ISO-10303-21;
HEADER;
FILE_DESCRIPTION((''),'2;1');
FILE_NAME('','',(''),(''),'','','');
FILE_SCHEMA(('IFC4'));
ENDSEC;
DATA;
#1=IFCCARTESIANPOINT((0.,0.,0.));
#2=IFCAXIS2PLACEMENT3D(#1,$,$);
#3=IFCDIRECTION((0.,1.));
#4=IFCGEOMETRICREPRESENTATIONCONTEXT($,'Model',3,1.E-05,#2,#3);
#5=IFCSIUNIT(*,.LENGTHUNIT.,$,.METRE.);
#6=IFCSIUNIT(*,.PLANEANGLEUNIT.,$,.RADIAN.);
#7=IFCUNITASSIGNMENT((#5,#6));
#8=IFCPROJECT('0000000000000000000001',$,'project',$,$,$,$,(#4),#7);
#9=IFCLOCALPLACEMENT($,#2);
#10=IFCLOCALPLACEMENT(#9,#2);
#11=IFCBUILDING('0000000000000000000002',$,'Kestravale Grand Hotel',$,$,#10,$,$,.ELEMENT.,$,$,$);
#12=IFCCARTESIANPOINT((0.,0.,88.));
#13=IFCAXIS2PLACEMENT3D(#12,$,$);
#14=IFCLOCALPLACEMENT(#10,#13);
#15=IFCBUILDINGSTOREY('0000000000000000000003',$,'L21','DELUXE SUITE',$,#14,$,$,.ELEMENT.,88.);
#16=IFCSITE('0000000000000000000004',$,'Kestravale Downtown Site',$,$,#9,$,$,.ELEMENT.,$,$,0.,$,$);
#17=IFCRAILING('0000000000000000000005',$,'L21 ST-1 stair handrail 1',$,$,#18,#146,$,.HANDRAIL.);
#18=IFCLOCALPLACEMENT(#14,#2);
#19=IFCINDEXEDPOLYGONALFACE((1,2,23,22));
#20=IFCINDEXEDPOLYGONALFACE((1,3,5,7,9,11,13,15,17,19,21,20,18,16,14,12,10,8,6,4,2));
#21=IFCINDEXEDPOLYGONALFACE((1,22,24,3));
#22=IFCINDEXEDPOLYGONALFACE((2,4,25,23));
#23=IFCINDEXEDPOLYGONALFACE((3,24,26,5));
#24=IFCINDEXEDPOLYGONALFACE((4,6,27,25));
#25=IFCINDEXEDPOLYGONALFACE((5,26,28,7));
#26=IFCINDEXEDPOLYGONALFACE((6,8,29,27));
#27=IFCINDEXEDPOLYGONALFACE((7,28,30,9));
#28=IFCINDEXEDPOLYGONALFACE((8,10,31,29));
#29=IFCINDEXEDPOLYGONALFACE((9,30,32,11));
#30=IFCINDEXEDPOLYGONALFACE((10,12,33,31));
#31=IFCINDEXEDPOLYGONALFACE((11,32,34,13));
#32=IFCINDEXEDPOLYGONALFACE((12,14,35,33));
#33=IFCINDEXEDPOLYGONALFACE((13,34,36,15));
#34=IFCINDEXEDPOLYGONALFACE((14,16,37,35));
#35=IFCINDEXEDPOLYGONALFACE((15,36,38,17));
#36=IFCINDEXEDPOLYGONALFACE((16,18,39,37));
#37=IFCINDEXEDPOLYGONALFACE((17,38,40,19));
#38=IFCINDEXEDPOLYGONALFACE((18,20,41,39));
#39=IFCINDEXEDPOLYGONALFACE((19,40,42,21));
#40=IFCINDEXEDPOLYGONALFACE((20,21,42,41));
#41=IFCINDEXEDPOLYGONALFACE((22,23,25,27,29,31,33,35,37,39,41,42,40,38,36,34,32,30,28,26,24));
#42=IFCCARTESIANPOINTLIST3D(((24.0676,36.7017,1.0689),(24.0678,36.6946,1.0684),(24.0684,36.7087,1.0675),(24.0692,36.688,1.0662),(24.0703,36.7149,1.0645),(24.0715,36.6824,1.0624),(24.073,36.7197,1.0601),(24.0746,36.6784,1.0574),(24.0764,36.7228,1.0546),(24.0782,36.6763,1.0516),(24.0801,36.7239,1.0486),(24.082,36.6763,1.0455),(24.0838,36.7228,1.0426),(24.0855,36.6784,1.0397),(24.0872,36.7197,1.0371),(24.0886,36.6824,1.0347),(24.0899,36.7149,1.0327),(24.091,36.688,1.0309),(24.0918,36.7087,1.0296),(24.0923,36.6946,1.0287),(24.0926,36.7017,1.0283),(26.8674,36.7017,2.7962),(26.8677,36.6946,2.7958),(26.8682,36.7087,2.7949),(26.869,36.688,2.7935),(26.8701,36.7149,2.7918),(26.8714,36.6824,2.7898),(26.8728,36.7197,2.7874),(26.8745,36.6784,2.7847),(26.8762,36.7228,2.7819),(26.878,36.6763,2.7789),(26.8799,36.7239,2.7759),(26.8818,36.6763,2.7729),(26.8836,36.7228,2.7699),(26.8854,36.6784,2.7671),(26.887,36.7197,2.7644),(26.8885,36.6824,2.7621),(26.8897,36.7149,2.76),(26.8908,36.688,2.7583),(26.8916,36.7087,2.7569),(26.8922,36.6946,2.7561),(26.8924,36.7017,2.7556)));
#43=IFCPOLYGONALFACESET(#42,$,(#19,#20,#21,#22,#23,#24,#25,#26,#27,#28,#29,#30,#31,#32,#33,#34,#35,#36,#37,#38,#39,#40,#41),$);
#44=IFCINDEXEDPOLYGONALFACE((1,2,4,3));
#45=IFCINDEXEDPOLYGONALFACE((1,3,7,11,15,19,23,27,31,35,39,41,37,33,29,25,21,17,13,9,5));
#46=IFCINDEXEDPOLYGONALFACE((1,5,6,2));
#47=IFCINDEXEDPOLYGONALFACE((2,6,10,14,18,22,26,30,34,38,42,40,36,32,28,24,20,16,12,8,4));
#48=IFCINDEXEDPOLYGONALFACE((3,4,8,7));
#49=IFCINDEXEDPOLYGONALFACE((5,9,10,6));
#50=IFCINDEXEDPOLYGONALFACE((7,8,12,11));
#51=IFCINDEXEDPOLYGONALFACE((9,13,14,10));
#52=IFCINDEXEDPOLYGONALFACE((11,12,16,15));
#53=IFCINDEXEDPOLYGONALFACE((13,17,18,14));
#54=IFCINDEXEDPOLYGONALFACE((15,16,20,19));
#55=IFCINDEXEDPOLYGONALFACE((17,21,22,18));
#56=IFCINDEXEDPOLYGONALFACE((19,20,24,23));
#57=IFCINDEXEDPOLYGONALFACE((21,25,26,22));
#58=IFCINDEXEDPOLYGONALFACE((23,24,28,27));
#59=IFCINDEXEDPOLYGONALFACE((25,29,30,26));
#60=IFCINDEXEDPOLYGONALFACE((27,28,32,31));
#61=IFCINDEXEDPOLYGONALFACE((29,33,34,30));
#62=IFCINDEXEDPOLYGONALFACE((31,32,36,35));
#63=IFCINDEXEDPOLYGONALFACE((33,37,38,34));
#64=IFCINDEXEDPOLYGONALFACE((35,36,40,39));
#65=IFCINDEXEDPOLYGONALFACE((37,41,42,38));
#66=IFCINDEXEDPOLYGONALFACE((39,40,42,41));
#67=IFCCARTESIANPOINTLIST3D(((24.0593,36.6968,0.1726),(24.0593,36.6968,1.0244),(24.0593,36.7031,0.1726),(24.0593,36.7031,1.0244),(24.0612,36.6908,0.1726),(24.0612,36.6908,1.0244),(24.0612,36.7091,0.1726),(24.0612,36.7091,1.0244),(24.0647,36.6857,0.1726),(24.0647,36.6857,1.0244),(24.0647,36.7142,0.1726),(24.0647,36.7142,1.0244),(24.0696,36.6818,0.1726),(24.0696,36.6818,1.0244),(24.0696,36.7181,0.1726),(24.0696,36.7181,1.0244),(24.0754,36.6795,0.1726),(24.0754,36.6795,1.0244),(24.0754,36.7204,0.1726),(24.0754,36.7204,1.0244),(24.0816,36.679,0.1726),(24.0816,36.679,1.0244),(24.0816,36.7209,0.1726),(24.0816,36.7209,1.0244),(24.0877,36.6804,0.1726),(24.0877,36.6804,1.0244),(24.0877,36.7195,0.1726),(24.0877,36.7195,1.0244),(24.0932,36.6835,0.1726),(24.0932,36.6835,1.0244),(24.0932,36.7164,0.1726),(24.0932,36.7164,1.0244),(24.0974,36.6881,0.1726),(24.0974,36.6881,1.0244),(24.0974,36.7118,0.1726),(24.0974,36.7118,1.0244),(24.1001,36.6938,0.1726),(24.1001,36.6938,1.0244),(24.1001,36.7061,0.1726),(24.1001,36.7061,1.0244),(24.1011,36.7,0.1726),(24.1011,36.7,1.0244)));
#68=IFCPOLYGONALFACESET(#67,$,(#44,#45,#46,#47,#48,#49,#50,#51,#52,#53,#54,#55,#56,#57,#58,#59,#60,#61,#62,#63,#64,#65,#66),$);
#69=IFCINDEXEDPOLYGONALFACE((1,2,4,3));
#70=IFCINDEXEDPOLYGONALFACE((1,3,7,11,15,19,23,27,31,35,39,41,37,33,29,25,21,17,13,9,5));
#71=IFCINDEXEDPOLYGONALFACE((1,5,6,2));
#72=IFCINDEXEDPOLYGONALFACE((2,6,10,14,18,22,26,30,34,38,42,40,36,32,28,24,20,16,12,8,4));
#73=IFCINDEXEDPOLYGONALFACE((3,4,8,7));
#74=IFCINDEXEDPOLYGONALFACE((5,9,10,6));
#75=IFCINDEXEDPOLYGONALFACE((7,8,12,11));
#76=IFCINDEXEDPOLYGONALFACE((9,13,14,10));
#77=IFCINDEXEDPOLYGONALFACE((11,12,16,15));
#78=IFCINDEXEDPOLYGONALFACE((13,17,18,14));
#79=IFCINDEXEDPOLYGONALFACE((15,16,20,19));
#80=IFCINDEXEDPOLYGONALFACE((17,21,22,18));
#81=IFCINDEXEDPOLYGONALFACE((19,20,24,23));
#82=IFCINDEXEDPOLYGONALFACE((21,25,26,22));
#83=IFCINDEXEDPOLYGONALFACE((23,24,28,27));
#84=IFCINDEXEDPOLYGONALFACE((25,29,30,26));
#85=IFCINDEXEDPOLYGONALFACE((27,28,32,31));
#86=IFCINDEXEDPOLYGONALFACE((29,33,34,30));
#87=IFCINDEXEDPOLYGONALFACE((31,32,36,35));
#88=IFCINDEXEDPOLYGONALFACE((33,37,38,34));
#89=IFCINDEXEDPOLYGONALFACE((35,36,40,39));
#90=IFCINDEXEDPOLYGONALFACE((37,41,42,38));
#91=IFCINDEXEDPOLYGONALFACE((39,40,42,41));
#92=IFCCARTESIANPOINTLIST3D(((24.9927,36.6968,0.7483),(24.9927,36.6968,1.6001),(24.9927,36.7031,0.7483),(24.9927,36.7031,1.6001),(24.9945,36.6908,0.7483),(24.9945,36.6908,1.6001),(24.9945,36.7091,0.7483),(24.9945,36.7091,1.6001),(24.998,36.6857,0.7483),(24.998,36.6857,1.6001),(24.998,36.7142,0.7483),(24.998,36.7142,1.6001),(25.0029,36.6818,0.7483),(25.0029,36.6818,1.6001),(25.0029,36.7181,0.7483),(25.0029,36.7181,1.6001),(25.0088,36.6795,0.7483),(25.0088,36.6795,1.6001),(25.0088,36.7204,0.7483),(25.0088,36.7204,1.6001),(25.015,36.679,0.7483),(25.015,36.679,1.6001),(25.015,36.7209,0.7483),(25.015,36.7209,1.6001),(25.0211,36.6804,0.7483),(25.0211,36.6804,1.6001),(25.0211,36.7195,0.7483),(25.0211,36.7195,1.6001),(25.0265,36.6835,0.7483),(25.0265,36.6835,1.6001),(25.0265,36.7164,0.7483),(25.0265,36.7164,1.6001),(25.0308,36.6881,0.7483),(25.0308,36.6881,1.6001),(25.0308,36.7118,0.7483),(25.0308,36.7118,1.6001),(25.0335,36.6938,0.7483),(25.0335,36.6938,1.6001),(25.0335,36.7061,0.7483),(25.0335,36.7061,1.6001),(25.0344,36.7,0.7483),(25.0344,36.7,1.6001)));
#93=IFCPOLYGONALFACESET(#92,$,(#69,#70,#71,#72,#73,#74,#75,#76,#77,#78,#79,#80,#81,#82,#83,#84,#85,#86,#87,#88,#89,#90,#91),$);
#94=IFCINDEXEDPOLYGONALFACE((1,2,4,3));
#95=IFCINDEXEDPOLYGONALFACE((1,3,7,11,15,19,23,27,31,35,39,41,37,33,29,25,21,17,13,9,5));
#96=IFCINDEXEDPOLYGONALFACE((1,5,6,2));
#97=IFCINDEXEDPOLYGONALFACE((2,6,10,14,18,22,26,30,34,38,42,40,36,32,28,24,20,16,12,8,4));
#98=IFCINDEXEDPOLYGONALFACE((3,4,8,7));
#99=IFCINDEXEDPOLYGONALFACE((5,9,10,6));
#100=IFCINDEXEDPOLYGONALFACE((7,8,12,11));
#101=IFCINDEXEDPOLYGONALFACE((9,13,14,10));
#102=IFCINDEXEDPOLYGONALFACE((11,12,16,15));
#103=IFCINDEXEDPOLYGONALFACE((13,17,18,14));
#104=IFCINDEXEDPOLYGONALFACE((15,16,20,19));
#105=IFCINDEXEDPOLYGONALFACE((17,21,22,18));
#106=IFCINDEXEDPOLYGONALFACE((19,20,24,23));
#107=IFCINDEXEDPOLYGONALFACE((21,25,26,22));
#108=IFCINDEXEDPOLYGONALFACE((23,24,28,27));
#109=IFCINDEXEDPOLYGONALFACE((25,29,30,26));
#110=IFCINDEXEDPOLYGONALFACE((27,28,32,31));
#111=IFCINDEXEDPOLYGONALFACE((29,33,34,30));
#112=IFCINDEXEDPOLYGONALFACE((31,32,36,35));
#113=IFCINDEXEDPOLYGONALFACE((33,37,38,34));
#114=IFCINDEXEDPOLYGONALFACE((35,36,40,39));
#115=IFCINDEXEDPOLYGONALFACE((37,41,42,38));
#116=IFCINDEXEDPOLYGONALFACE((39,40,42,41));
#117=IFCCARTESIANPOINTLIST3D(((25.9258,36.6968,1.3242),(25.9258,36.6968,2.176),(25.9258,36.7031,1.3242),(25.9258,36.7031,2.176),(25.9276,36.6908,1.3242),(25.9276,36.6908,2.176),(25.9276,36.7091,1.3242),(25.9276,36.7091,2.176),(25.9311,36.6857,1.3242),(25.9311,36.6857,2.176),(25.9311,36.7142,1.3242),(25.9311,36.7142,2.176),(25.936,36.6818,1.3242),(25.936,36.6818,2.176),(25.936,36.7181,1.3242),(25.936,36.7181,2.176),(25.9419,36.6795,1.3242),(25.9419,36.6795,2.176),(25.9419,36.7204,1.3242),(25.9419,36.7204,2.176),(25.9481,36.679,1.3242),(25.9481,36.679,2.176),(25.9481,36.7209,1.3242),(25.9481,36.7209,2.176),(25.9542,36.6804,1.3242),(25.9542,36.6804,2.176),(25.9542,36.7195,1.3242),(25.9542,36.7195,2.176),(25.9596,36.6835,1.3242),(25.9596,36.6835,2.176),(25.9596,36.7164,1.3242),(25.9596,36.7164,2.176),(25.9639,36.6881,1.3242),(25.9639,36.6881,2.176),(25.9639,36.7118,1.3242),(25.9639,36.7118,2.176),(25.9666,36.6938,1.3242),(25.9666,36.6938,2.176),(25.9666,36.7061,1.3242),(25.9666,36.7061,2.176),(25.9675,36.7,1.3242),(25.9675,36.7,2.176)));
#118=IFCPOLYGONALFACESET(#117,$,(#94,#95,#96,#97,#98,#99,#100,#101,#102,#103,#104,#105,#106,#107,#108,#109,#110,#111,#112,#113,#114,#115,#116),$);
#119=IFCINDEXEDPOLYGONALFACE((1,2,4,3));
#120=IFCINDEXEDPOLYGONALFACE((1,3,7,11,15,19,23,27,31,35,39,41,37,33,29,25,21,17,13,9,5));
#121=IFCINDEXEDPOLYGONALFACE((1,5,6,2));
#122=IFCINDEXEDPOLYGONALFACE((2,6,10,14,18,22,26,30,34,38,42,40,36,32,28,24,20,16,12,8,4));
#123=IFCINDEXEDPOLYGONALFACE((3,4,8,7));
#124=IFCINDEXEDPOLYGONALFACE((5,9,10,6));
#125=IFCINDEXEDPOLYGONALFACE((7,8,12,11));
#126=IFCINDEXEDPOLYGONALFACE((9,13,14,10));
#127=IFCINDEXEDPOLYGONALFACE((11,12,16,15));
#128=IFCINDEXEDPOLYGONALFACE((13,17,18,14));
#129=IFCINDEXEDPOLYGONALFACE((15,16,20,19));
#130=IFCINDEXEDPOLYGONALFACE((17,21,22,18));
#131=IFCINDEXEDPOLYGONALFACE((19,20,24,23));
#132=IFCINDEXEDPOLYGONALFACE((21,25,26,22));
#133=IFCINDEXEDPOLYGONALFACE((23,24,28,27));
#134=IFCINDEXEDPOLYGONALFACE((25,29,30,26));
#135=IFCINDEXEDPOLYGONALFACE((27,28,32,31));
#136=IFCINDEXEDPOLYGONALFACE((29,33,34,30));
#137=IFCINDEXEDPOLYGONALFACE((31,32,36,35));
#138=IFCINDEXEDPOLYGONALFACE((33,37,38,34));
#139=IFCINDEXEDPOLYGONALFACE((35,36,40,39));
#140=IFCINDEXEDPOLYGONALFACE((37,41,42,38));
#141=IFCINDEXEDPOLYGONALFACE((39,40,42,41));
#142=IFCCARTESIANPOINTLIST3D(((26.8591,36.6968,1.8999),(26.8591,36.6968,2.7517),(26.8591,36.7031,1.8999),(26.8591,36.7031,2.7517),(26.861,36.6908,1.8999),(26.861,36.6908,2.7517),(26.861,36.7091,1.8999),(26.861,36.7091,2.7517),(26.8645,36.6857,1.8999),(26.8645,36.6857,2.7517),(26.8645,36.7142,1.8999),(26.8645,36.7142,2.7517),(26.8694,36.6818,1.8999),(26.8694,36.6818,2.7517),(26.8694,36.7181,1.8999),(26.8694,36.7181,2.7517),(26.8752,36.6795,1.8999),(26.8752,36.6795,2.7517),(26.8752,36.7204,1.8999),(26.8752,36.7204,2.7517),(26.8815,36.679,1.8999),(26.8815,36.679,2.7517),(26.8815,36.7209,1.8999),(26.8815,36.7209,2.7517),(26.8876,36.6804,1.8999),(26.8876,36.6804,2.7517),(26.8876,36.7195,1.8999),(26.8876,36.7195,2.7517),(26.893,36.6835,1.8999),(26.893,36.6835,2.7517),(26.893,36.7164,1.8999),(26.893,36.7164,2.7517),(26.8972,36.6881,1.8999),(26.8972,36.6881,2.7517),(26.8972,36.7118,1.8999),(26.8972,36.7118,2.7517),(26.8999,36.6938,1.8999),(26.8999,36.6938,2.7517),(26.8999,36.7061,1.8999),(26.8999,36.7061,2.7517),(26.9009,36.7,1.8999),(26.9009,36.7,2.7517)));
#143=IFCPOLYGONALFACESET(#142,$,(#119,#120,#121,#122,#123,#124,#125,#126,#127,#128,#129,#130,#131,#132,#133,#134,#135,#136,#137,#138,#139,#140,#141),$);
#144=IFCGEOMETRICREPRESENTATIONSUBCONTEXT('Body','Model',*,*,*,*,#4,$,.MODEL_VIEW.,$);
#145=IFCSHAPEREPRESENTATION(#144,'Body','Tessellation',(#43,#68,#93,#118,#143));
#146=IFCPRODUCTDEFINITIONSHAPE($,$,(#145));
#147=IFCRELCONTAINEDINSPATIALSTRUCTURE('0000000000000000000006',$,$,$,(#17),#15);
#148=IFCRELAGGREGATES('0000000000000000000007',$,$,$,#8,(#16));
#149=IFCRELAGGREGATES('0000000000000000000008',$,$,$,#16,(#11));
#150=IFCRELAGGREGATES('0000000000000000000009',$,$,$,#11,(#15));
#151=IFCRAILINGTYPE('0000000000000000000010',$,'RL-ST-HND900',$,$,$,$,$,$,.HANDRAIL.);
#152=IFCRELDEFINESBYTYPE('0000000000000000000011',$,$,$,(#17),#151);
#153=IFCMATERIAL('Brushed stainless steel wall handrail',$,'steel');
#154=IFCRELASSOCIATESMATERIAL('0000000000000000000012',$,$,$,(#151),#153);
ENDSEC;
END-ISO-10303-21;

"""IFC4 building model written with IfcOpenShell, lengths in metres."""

from ifc_helpers import new_model, si_unit, direction, frame, origin, origin_2d, place, context, subcontext, project, spatial, circle, extrude, material, type_object, element, save


model = new_model("IFC4")

# Units and contexts
model_context = context("Model", 3, precision=1e-05, world=origin(), true_north=direction((0.0, 1.0)))
body_context = subcontext(model_context, "Body", "Model", "MODEL_VIEW")
ifc_project = project(units=[si_unit("LENGTHUNIT", "METRE"), si_unit("PLANEANGLEUNIT", "RADIAN")], contexts=[model_context])

# Site, building, storey
site_placement = place(None, origin())
site = spatial("IfcSite", under=ifc_project, at=site_placement, Name="Kestravale Downtown Site", CompositionType="ELEMENT", RefElevation=0.0)
building_placement = place(site_placement, origin())
building = spatial("IfcBuilding", under=site, at=building_placement, Name="Kestravale Grand Hotel", CompositionType="ELEMENT")
storey_placement = place(building_placement, frame((0.0, 0.0, 88.0)))
storey = spatial("IfcBuildingStorey", under=building, at=storey_placement, Name="L21", Description="DELUXE SUITE", CompositionType="ELEMENT", Elevation=88.0)

# Railing
ifc_material_1 = material(Name="Brushed stainless steel wall handrail", Category="steel")
railing_type_1 = type_object("IfcRailingType", Name="RL-ST-HND900", PredefinedType="HANDRAIL", material=ifc_material_1)
railing_1_placement = place(storey_placement, frame((24.0801, 36.7, 0.1726)))
element("IfcRailing", 1, at=railing_1_placement, inside=storey, type_object=railing_type_1, Name="L21 ST-1 stair handrail 1", PredefinedType="HANDRAIL", context=body_context, shape_type="SweptSolid", body=[
    extrude(circle(Radius=0.0239, at=origin_2d()), frame((0.0, 0.0, 0.876), z_axis=(0.851069, 0.0, 0.525054), x_axis=(0.0, 1.0, 0.0)), (0.0, 0.0, 1.0), 3.2898),
    extrude(circle(Radius=0.021, at=origin_2d()), origin(), (0.0, 0.0, 1.0), 0.8518),
    extrude(circle(Radius=0.021, at=origin_2d()), frame((0.9333, 0.0, 0.5757)), (0.0, 0.0, 1.0), 0.8518),
    extrude(circle(Radius=0.021, at=origin_2d()), frame((1.8665, 0.0, 1.1516)), (0.0, 0.0, 1.0), 0.8518),
    extrude(circle(Radius=0.021, at=origin_2d()), frame((2.7998, 0.0, 1.7273)), (0.0, 0.0, 1.0), 0.8518),
])

save(model, "model.ifc")
